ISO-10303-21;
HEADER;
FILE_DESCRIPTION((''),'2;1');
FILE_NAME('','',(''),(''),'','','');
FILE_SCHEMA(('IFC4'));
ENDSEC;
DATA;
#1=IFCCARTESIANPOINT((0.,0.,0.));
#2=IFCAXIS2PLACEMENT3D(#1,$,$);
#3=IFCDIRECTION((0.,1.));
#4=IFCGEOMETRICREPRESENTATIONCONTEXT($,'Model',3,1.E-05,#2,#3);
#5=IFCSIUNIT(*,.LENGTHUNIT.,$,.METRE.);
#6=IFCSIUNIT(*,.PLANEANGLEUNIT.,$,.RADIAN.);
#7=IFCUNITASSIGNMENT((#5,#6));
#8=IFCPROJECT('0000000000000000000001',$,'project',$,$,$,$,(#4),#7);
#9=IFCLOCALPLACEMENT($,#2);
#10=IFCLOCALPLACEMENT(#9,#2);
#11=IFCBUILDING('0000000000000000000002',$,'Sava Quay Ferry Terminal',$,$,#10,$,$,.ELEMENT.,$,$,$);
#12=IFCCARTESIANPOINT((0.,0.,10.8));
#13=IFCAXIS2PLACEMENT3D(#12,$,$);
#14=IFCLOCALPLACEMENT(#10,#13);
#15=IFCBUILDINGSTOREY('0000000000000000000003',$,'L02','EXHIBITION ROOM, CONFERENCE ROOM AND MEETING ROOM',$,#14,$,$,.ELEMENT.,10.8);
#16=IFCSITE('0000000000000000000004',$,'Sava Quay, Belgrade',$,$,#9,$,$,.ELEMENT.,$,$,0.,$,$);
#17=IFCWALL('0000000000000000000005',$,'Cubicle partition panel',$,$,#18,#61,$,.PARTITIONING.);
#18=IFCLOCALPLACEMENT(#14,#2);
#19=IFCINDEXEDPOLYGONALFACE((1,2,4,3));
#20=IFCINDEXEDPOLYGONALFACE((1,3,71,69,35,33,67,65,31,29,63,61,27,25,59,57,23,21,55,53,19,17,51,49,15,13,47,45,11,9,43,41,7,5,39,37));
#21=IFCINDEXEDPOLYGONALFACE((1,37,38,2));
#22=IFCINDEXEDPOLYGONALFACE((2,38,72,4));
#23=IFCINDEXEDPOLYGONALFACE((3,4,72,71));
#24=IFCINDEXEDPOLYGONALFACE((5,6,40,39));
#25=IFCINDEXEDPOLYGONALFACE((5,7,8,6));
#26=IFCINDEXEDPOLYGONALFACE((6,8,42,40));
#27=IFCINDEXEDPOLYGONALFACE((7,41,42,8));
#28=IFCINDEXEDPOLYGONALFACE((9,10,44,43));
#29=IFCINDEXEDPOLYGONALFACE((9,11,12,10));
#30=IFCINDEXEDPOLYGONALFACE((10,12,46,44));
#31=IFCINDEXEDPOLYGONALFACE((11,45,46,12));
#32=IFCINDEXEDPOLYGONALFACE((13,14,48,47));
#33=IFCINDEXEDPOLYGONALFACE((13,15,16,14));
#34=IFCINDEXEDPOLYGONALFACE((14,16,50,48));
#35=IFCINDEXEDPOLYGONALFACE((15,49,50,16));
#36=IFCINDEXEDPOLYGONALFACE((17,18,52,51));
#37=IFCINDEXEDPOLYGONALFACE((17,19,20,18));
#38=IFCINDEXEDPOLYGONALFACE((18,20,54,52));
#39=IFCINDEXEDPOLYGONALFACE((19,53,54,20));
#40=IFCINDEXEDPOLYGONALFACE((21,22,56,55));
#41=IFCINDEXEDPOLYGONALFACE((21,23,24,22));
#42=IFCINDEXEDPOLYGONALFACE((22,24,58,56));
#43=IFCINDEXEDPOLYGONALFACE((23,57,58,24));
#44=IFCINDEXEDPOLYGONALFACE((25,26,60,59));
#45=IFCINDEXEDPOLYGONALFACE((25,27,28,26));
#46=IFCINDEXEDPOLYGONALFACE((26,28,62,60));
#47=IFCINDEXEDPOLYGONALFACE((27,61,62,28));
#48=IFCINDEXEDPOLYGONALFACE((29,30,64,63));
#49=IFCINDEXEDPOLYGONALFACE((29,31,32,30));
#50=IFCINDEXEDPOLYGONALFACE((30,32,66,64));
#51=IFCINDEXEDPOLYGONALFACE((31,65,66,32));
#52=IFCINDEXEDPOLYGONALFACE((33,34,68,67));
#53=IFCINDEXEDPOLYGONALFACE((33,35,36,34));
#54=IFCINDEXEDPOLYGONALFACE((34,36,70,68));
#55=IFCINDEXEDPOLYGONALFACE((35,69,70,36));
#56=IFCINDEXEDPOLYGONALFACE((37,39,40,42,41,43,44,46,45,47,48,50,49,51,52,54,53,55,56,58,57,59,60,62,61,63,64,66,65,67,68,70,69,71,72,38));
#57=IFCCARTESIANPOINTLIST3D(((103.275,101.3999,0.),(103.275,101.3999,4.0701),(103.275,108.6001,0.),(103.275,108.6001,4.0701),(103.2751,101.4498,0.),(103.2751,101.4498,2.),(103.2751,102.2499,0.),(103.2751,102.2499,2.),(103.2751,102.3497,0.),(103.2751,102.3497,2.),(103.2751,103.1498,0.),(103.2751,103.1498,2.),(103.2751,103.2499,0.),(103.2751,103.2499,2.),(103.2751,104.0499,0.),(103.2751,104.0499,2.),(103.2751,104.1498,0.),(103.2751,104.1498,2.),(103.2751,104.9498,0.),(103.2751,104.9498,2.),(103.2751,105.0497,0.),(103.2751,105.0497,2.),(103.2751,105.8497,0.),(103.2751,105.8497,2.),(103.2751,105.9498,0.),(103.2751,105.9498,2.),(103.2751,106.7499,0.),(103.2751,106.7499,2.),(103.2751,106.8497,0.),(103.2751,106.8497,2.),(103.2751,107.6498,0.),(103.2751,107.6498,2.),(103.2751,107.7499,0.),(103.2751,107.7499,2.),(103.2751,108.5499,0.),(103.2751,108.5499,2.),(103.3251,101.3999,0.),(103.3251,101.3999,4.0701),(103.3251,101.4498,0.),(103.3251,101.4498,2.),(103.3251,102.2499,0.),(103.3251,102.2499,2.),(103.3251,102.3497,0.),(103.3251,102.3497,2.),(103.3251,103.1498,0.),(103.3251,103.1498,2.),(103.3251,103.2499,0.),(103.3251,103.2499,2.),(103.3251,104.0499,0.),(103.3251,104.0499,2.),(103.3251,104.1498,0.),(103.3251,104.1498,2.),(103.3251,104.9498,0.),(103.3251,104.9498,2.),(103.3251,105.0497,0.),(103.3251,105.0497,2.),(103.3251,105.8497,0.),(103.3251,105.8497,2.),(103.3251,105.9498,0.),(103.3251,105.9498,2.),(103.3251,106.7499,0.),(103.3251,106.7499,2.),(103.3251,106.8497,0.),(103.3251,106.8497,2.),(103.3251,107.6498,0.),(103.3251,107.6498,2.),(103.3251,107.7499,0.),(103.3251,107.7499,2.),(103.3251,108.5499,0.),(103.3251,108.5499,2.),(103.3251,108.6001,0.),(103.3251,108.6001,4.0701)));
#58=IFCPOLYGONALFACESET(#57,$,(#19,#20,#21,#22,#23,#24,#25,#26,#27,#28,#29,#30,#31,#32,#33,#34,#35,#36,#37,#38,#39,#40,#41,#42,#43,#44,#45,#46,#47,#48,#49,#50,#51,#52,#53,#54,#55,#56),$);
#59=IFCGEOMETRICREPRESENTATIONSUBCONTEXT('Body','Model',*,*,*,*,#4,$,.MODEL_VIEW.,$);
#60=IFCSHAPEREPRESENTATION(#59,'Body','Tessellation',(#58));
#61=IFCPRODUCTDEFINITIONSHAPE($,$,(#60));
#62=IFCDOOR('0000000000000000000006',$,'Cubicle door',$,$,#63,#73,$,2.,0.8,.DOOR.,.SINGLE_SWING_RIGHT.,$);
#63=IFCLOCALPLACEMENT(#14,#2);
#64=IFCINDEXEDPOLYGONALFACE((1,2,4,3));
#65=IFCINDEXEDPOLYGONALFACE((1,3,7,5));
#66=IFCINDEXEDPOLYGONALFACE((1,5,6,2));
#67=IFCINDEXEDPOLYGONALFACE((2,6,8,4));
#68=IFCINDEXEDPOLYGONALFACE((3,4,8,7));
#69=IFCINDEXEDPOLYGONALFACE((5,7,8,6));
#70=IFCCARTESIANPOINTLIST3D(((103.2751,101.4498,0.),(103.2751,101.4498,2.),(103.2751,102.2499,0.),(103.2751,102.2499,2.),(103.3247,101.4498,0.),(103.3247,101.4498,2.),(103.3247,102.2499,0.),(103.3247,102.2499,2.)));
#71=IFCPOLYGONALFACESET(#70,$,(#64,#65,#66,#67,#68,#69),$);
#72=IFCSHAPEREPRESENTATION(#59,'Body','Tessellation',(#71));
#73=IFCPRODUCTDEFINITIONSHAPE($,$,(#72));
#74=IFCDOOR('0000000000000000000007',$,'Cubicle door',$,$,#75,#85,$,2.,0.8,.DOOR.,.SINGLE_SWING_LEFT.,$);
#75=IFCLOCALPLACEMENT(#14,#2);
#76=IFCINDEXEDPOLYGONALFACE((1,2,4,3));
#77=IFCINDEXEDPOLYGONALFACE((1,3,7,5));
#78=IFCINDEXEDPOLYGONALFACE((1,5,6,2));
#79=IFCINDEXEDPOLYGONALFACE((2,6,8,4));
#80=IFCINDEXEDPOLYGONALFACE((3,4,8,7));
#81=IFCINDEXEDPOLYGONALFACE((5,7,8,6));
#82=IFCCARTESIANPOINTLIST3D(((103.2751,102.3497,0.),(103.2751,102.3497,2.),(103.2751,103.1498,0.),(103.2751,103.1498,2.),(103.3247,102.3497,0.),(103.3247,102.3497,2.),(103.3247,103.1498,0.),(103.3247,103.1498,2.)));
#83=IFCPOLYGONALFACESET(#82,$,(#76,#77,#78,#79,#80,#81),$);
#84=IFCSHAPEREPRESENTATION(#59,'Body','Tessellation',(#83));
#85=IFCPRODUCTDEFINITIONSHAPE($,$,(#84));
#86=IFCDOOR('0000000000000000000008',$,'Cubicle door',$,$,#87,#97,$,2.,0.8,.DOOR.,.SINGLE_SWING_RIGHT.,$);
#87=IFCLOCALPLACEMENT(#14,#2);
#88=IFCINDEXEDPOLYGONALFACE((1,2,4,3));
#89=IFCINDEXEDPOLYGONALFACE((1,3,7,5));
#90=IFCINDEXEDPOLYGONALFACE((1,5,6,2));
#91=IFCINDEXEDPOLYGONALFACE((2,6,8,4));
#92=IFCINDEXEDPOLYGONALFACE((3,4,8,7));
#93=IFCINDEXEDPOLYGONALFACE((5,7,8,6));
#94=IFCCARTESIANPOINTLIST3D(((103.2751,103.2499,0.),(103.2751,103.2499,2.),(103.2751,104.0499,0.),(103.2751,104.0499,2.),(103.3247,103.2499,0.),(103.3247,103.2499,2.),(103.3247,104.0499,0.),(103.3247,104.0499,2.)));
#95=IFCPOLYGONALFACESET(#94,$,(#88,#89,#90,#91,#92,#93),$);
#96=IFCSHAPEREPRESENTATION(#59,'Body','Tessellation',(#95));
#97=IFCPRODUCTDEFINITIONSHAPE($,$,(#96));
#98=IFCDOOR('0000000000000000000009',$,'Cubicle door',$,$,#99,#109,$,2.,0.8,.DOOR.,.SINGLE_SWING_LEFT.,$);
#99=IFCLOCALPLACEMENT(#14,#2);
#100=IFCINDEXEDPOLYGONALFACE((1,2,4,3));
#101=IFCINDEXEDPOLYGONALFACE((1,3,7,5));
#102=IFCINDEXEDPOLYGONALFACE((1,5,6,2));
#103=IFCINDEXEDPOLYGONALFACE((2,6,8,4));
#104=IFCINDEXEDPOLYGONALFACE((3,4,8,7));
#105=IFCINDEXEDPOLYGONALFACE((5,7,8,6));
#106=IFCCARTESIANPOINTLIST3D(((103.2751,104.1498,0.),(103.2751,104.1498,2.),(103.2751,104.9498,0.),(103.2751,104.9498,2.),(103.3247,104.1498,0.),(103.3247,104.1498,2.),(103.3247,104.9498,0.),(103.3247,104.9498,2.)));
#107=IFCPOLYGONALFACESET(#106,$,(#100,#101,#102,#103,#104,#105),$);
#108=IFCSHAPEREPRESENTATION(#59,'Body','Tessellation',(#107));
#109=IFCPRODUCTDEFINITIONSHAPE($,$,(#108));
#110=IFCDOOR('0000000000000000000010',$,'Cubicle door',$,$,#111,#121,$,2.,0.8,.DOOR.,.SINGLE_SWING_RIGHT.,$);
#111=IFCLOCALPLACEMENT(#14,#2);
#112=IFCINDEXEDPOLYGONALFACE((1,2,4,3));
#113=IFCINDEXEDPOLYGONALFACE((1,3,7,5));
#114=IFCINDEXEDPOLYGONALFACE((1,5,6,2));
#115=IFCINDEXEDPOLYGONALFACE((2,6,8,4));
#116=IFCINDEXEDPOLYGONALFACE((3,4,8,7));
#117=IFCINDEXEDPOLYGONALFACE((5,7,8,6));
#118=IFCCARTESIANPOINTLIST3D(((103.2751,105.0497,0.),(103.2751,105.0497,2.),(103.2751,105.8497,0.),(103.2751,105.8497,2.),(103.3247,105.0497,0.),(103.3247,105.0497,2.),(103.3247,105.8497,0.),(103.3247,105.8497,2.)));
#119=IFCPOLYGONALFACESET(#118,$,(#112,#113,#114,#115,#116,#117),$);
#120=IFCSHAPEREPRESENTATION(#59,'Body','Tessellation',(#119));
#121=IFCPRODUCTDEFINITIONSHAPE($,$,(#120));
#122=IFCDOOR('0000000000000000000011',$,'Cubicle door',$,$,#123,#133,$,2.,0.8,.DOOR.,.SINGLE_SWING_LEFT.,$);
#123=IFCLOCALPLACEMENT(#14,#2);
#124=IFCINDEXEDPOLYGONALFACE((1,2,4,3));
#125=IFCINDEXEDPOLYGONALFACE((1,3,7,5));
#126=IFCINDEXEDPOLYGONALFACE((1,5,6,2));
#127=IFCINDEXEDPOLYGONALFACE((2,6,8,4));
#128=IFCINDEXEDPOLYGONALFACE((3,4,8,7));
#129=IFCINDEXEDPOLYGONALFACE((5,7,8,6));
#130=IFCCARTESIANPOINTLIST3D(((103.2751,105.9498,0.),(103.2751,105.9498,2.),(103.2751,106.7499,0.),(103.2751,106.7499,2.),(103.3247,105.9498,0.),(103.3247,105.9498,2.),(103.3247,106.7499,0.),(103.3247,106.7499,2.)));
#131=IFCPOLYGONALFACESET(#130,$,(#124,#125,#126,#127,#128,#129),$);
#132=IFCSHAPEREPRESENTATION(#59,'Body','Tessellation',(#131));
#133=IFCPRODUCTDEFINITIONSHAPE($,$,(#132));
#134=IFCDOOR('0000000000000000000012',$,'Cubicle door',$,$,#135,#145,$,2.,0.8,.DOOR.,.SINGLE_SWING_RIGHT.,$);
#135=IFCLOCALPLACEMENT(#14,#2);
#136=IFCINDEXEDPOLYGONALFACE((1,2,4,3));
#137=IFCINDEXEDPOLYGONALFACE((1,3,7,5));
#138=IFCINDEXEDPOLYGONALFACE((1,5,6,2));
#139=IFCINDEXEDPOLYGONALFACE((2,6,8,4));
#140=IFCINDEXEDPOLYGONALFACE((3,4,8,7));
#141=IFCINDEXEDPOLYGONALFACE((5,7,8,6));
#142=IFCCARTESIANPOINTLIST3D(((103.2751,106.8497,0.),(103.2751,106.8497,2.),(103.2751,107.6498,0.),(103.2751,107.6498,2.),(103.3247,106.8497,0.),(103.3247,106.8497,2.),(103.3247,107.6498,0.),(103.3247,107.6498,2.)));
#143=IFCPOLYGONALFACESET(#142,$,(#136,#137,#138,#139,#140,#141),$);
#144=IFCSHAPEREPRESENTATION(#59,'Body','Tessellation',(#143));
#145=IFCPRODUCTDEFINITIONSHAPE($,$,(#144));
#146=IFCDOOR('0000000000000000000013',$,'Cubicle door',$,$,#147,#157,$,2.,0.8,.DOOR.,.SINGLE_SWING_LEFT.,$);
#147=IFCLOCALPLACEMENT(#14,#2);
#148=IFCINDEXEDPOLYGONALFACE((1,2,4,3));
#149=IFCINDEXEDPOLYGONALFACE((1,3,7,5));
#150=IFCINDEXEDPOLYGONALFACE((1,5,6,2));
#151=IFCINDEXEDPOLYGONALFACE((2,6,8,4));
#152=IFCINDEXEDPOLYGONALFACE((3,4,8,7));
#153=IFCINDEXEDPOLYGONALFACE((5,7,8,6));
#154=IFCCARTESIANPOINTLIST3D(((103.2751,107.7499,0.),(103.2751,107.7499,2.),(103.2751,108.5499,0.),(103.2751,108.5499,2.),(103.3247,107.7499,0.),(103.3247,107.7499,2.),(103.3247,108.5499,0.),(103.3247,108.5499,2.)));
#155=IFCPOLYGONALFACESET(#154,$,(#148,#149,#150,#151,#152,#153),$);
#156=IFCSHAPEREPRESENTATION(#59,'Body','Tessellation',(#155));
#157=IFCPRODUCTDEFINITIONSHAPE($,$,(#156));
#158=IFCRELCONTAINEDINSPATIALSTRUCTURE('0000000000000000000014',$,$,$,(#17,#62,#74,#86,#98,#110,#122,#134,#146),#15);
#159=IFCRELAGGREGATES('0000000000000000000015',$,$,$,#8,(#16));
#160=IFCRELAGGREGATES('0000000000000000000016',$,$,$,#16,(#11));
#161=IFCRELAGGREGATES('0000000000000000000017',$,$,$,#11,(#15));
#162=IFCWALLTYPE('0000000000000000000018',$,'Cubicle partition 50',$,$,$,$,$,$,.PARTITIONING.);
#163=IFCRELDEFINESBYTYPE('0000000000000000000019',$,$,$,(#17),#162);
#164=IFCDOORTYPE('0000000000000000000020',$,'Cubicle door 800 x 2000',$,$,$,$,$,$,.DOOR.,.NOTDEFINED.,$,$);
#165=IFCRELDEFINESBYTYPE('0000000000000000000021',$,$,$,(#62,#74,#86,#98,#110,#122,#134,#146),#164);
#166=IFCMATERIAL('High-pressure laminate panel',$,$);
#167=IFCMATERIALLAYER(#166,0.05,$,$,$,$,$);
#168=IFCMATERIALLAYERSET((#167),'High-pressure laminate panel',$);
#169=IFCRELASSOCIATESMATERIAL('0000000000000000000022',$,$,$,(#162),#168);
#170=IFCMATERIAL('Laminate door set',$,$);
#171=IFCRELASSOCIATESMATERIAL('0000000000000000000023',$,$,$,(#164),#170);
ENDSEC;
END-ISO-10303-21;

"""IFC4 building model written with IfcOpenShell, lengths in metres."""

from ifc_helpers import new_model, si_unit, direction, frame, frame_2d, origin, place, context, subcontext, project, spatial, rectangle, extrude, material, layer, layer_set, type_object, element, fill, save


model = new_model("IFC4")

# Units and contexts
model_context = context("Model", 3, precision=1e-05, world=origin(), true_north=direction((0.0, 1.0)))
body_context = subcontext(model_context, "Body", "Model", "MODEL_VIEW")
ifc_project = project(units=[si_unit("LENGTHUNIT", "METRE"), si_unit("PLANEANGLEUNIT", "RADIAN")], contexts=[model_context])

# Site, building, storey
site_placement = place(None, origin())
site = spatial("IfcSite", under=ifc_project, at=site_placement, Name="Sava Quay, Belgrade", CompositionType="ELEMENT", RefElevation=0.0)
building_placement = place(site_placement, origin())
building = spatial("IfcBuilding", under=site, at=building_placement, Name="Sava Quay Ferry Terminal", CompositionType="ELEMENT")
storey_placement = place(building_placement, frame((0.0, 0.0, 10.8)))
storey = spatial("IfcBuildingStorey", under=building, at=storey_placement, Name="L02", Description="EXHIBITION ROOM, CONFERENCE ROOM AND MEETING ROOM", CompositionType="ELEMENT", Elevation=10.8)

# Wall, openings, doors
ifc_material_1 = material(Name="High-pressure laminate panel")
ifc_layer_1 = layer(ifc_material_1, 0.05)
ifc_layer_set_1 = layer_set([ifc_layer_1], Name="High-pressure laminate panel")
wall_type_1 = type_object("IfcWallType", Name="Cubicle partition 50", PredefinedType="PARTITIONING", material=ifc_layer_set_1)
wall_1_placement = place(storey_placement, frame((103.3, 101.3999, 0.0), z_axis=(0.0, 0.0, 1.0), x_axis=(0.0, 1.0, 0.0)))
wall_1 = element("IfcWall", 1, at=wall_1_placement, inside=storey, type_object=wall_type_1, Name="Cubicle partition panel", PredefinedType="PARTITIONING", context=body_context, shape_type="SweptSolid", body=[
    extrude(rectangle(XDim=7.2002, YDim=0.05, at=frame_2d((3.6001, 0.0))), origin(), (0.0, 0.0, 1.0), 4.0701),
])
opening_1_placement = place(wall_1_placement, frame((0.05, 0.0, 0.0)))
opening_1 = element("IfcOpeningElement", 2, at=opening_1_placement, cuts=wall_1, PredefinedType="OPENING", context=body_context, shape_type="SweptSolid", body=[
    extrude(rectangle(XDim=0.8, YDim=2.0, at=frame_2d((0.3999, 1.0))), frame((0.0, 0.0249, 0.0), z_axis=(0.0, -1.0, 0.0), x_axis=(1.0, 0.0, 0.0)), (0.0, 0.0, 1.0), 0.05),
])
opening_2_placement = place(wall_1_placement, frame((0.95, 0.0, 0.0)))
opening_2 = element("IfcOpeningElement", 3, at=opening_2_placement, cuts=wall_1, PredefinedType="OPENING", context=body_context, shape_type="SweptSolid", body=[
    extrude(rectangle(XDim=0.8, YDim=2.0, at=frame_2d((0.3999, 1.0))), frame((0.0, 0.0249, 0.0), z_axis=(0.0, -1.0, 0.0), x_axis=(1.0, 0.0, 0.0)), (0.0, 0.0, 1.0), 0.05),
])
opening_3_placement = place(wall_1_placement, frame((1.8501, 0.0, 0.0)))
opening_3 = element("IfcOpeningElement", 4, at=opening_3_placement, cuts=wall_1, PredefinedType="OPENING", context=body_context, shape_type="SweptSolid", body=[
    extrude(rectangle(XDim=0.8, YDim=2.0, at=frame_2d((0.3999, 1.0))), frame((0.0, 0.0249, 0.0), z_axis=(0.0, -1.0, 0.0), x_axis=(1.0, 0.0, 0.0)), (0.0, 0.0, 1.0), 0.05),
])
opening_4_placement = place(wall_1_placement, frame((2.75, 0.0, 0.0)))
opening_4 = element("IfcOpeningElement", 5, at=opening_4_placement, cuts=wall_1, PredefinedType="OPENING", context=body_context, shape_type="SweptSolid", body=[
    extrude(rectangle(XDim=0.8, YDim=2.0, at=frame_2d((0.3999, 1.0))), frame((0.0, 0.0249, 0.0), z_axis=(0.0, -1.0, 0.0), x_axis=(1.0, 0.0, 0.0)), (0.0, 0.0, 1.0), 0.05),
])
opening_5_placement = place(wall_1_placement, frame((3.6499, 0.0, 0.0)))
opening_5 = element("IfcOpeningElement", 6, at=opening_5_placement, cuts=wall_1, PredefinedType="OPENING", context=body_context, shape_type="SweptSolid", body=[
    extrude(rectangle(XDim=0.8, YDim=2.0, at=frame_2d((0.3999, 1.0))), frame((0.0, 0.0249, 0.0), z_axis=(0.0, -1.0, 0.0), x_axis=(1.0, 0.0, 0.0)), (0.0, 0.0, 1.0), 0.05),
])
opening_6_placement = place(wall_1_placement, frame((4.55, 0.0, 0.0)))
opening_6 = element("IfcOpeningElement", 7, at=opening_6_placement, cuts=wall_1, PredefinedType="OPENING", context=body_context, shape_type="SweptSolid", body=[
    extrude(rectangle(XDim=0.8, YDim=2.0, at=frame_2d((0.3999, 1.0))), frame((0.0, 0.0249, 0.0), z_axis=(0.0, -1.0, 0.0), x_axis=(1.0, 0.0, 0.0)), (0.0, 0.0, 1.0), 0.05),
])
opening_7_placement = place(wall_1_placement, frame((5.45, 0.0, 0.0)))
opening_7 = element("IfcOpeningElement", 8, at=opening_7_placement, cuts=wall_1, PredefinedType="OPENING", context=body_context, shape_type="SweptSolid", body=[
    extrude(rectangle(XDim=0.8, YDim=2.0, at=frame_2d((0.3999, 1.0))), frame((0.0, 0.0249, 0.0), z_axis=(0.0, -1.0, 0.0), x_axis=(1.0, 0.0, 0.0)), (0.0, 0.0, 1.0), 0.05),
])
opening_8_placement = place(wall_1_placement, frame((6.3501, 0.0, 0.0)))
opening_8 = element("IfcOpeningElement", 9, at=opening_8_placement, cuts=wall_1, PredefinedType="OPENING", context=body_context, shape_type="SweptSolid", body=[
    extrude(rectangle(XDim=0.8, YDim=2.0, at=frame_2d((0.3999, 1.0))), frame((0.0, 0.0249, 0.0), z_axis=(0.0, -1.0, 0.0), x_axis=(1.0, 0.0, 0.0)), (0.0, 0.0, 1.0), 0.05),
])
ifc_material_2 = material(Name="Laminate door set")
door_type_1 = type_object("IfcDoorType", Name="Cubicle door 800 x 2000", OperationType="NOTDEFINED", PredefinedType="DOOR", material=ifc_material_2)
door_1_placement = place(opening_1_placement, origin())
door_1 = element("IfcDoor", 10, at=door_1_placement, inside=storey, type_object=door_type_1, Name="Cubicle door", OperationType="SINGLE_SWING_RIGHT", OverallHeight=2.0, OverallWidth=0.8, PredefinedType="DOOR", context=body_context, shape_type="SweptSolid", body=[
    extrude(rectangle(XDim=0.8, YDim=2.0, at=frame_2d((0.3999, 1.0))), frame((0.0, 0.0249, 0.0), z_axis=(0.0, -1.0, 0.0), x_axis=(1.0, 0.0, 0.0)), (0.0, 0.0, 1.0), 0.0496),
])
fill(opening_1, door_1)
door_2_placement = place(opening_2_placement, origin())
door_2 = element("IfcDoor", 11, at=door_2_placement, inside=storey, type_object=door_type_1, Name="Cubicle door", OperationType="SINGLE_SWING_LEFT", OverallHeight=2.0, OverallWidth=0.8, PredefinedType="DOOR", context=body_context, shape_type="SweptSolid", body=[
    extrude(rectangle(XDim=0.8, YDim=2.0, at=frame_2d((0.3999, 1.0))), frame((0.0, 0.0249, 0.0), z_axis=(0.0, -1.0, 0.0), x_axis=(1.0, 0.0, 0.0)), (0.0, 0.0, 1.0), 0.0496),
])
fill(opening_2, door_2)
door_3_placement = place(opening_3_placement, origin())
door_3 = element("IfcDoor", 12, at=door_3_placement, inside=storey, type_object=door_type_1, Name="Cubicle door", OperationType="SINGLE_SWING_RIGHT", OverallHeight=2.0, OverallWidth=0.8, PredefinedType="DOOR", context=body_context, shape_type="SweptSolid", body=[
    extrude(rectangle(XDim=0.8, YDim=2.0, at=frame_2d((0.3999, 1.0))), frame((0.0, 0.0249, 0.0), z_axis=(0.0, -1.0, 0.0), x_axis=(1.0, 0.0, 0.0)), (0.0, 0.0, 1.0), 0.0496),
])
fill(opening_3, door_3)
door_4_placement = place(opening_4_placement, origin())
door_4 = element("IfcDoor", 13, at=door_4_placement, inside=storey, type_object=door_type_1, Name="Cubicle door", OperationType="SINGLE_SWING_LEFT", OverallHeight=2.0, OverallWidth=0.8, PredefinedType="DOOR", context=body_context, shape_type="SweptSolid", body=[
    extrude(rectangle(XDim=0.8, YDim=2.0, at=frame_2d((0.3999, 1.0))), frame((0.0, 0.0249, 0.0), z_axis=(0.0, -1.0, 0.0), x_axis=(1.0, 0.0, 0.0)), (0.0, 0.0, 1.0), 0.0496),
])
fill(opening_4, door_4)
door_5_placement = place(opening_5_placement, origin())
door_5 = element("IfcDoor", 14, at=door_5_placement, inside=storey, type_object=door_type_1, Name="Cubicle door", OperationType="SINGLE_SWING_RIGHT", OverallHeight=2.0, OverallWidth=0.8, PredefinedType="DOOR", context=body_context, shape_type="SweptSolid", body=[
    extrude(rectangle(XDim=0.8, YDim=2.0, at=frame_2d((0.3999, 1.0))), frame((0.0, 0.0249, 0.0), z_axis=(0.0, -1.0, 0.0), x_axis=(1.0, 0.0, 0.0)), (0.0, 0.0, 1.0), 0.0496),
])
fill(opening_5, door_5)
door_6_placement = place(opening_6_placement, origin())
door_6 = element("IfcDoor", 15, at=door_6_placement, inside=storey, type_object=door_type_1, Name="Cubicle door", OperationType="SINGLE_SWING_LEFT", OverallHeight=2.0, OverallWidth=0.8, PredefinedType="DOOR", context=body_context, shape_type="SweptSolid", body=[
    extrude(rectangle(XDim=0.8, YDim=2.0, at=frame_2d((0.3999, 1.0))), frame((0.0, 0.0249, 0.0), z_axis=(0.0, -1.0, 0.0), x_axis=(1.0, 0.0, 0.0)), (0.0, 0.0, 1.0), 0.0496),
])
fill(opening_6, door_6)
door_7_placement = place(opening_7_placement, origin())
door_7 = element("IfcDoor", 16, at=door_7_placement, inside=storey, type_object=door_type_1, Name="Cubicle door", OperationType="SINGLE_SWING_RIGHT", OverallHeight=2.0, OverallWidth=0.8, PredefinedType="DOOR", context=body_context, shape_type="SweptSolid", body=[
    extrude(rectangle(XDim=0.8, YDim=2.0, at=frame_2d((0.3999, 1.0))), frame((0.0, 0.0249, 0.0), z_axis=(0.0, -1.0, 0.0), x_axis=(1.0, 0.0, 0.0)), (0.0, 0.0, 1.0), 0.0496),
])
fill(opening_7, door_7)
door_8_placement = place(opening_8_placement, origin())
door_8 = element("IfcDoor", 17, at=door_8_placement, inside=storey, type_object=door_type_1, Name="Cubicle door", OperationType="SINGLE_SWING_LEFT", OverallHeight=2.0, OverallWidth=0.8, PredefinedType="DOOR", context=body_context, shape_type="SweptSolid", body=[
    extrude(rectangle(XDim=0.8, YDim=2.0, at=frame_2d((0.3999, 1.0))), frame((0.0, 0.0249, 0.0), z_axis=(0.0, -1.0, 0.0), x_axis=(1.0, 0.0, 0.0)), (0.0, 0.0, 1.0), 0.0496),
])
fill(opening_8, door_8)

save(model, "model.ifc")
